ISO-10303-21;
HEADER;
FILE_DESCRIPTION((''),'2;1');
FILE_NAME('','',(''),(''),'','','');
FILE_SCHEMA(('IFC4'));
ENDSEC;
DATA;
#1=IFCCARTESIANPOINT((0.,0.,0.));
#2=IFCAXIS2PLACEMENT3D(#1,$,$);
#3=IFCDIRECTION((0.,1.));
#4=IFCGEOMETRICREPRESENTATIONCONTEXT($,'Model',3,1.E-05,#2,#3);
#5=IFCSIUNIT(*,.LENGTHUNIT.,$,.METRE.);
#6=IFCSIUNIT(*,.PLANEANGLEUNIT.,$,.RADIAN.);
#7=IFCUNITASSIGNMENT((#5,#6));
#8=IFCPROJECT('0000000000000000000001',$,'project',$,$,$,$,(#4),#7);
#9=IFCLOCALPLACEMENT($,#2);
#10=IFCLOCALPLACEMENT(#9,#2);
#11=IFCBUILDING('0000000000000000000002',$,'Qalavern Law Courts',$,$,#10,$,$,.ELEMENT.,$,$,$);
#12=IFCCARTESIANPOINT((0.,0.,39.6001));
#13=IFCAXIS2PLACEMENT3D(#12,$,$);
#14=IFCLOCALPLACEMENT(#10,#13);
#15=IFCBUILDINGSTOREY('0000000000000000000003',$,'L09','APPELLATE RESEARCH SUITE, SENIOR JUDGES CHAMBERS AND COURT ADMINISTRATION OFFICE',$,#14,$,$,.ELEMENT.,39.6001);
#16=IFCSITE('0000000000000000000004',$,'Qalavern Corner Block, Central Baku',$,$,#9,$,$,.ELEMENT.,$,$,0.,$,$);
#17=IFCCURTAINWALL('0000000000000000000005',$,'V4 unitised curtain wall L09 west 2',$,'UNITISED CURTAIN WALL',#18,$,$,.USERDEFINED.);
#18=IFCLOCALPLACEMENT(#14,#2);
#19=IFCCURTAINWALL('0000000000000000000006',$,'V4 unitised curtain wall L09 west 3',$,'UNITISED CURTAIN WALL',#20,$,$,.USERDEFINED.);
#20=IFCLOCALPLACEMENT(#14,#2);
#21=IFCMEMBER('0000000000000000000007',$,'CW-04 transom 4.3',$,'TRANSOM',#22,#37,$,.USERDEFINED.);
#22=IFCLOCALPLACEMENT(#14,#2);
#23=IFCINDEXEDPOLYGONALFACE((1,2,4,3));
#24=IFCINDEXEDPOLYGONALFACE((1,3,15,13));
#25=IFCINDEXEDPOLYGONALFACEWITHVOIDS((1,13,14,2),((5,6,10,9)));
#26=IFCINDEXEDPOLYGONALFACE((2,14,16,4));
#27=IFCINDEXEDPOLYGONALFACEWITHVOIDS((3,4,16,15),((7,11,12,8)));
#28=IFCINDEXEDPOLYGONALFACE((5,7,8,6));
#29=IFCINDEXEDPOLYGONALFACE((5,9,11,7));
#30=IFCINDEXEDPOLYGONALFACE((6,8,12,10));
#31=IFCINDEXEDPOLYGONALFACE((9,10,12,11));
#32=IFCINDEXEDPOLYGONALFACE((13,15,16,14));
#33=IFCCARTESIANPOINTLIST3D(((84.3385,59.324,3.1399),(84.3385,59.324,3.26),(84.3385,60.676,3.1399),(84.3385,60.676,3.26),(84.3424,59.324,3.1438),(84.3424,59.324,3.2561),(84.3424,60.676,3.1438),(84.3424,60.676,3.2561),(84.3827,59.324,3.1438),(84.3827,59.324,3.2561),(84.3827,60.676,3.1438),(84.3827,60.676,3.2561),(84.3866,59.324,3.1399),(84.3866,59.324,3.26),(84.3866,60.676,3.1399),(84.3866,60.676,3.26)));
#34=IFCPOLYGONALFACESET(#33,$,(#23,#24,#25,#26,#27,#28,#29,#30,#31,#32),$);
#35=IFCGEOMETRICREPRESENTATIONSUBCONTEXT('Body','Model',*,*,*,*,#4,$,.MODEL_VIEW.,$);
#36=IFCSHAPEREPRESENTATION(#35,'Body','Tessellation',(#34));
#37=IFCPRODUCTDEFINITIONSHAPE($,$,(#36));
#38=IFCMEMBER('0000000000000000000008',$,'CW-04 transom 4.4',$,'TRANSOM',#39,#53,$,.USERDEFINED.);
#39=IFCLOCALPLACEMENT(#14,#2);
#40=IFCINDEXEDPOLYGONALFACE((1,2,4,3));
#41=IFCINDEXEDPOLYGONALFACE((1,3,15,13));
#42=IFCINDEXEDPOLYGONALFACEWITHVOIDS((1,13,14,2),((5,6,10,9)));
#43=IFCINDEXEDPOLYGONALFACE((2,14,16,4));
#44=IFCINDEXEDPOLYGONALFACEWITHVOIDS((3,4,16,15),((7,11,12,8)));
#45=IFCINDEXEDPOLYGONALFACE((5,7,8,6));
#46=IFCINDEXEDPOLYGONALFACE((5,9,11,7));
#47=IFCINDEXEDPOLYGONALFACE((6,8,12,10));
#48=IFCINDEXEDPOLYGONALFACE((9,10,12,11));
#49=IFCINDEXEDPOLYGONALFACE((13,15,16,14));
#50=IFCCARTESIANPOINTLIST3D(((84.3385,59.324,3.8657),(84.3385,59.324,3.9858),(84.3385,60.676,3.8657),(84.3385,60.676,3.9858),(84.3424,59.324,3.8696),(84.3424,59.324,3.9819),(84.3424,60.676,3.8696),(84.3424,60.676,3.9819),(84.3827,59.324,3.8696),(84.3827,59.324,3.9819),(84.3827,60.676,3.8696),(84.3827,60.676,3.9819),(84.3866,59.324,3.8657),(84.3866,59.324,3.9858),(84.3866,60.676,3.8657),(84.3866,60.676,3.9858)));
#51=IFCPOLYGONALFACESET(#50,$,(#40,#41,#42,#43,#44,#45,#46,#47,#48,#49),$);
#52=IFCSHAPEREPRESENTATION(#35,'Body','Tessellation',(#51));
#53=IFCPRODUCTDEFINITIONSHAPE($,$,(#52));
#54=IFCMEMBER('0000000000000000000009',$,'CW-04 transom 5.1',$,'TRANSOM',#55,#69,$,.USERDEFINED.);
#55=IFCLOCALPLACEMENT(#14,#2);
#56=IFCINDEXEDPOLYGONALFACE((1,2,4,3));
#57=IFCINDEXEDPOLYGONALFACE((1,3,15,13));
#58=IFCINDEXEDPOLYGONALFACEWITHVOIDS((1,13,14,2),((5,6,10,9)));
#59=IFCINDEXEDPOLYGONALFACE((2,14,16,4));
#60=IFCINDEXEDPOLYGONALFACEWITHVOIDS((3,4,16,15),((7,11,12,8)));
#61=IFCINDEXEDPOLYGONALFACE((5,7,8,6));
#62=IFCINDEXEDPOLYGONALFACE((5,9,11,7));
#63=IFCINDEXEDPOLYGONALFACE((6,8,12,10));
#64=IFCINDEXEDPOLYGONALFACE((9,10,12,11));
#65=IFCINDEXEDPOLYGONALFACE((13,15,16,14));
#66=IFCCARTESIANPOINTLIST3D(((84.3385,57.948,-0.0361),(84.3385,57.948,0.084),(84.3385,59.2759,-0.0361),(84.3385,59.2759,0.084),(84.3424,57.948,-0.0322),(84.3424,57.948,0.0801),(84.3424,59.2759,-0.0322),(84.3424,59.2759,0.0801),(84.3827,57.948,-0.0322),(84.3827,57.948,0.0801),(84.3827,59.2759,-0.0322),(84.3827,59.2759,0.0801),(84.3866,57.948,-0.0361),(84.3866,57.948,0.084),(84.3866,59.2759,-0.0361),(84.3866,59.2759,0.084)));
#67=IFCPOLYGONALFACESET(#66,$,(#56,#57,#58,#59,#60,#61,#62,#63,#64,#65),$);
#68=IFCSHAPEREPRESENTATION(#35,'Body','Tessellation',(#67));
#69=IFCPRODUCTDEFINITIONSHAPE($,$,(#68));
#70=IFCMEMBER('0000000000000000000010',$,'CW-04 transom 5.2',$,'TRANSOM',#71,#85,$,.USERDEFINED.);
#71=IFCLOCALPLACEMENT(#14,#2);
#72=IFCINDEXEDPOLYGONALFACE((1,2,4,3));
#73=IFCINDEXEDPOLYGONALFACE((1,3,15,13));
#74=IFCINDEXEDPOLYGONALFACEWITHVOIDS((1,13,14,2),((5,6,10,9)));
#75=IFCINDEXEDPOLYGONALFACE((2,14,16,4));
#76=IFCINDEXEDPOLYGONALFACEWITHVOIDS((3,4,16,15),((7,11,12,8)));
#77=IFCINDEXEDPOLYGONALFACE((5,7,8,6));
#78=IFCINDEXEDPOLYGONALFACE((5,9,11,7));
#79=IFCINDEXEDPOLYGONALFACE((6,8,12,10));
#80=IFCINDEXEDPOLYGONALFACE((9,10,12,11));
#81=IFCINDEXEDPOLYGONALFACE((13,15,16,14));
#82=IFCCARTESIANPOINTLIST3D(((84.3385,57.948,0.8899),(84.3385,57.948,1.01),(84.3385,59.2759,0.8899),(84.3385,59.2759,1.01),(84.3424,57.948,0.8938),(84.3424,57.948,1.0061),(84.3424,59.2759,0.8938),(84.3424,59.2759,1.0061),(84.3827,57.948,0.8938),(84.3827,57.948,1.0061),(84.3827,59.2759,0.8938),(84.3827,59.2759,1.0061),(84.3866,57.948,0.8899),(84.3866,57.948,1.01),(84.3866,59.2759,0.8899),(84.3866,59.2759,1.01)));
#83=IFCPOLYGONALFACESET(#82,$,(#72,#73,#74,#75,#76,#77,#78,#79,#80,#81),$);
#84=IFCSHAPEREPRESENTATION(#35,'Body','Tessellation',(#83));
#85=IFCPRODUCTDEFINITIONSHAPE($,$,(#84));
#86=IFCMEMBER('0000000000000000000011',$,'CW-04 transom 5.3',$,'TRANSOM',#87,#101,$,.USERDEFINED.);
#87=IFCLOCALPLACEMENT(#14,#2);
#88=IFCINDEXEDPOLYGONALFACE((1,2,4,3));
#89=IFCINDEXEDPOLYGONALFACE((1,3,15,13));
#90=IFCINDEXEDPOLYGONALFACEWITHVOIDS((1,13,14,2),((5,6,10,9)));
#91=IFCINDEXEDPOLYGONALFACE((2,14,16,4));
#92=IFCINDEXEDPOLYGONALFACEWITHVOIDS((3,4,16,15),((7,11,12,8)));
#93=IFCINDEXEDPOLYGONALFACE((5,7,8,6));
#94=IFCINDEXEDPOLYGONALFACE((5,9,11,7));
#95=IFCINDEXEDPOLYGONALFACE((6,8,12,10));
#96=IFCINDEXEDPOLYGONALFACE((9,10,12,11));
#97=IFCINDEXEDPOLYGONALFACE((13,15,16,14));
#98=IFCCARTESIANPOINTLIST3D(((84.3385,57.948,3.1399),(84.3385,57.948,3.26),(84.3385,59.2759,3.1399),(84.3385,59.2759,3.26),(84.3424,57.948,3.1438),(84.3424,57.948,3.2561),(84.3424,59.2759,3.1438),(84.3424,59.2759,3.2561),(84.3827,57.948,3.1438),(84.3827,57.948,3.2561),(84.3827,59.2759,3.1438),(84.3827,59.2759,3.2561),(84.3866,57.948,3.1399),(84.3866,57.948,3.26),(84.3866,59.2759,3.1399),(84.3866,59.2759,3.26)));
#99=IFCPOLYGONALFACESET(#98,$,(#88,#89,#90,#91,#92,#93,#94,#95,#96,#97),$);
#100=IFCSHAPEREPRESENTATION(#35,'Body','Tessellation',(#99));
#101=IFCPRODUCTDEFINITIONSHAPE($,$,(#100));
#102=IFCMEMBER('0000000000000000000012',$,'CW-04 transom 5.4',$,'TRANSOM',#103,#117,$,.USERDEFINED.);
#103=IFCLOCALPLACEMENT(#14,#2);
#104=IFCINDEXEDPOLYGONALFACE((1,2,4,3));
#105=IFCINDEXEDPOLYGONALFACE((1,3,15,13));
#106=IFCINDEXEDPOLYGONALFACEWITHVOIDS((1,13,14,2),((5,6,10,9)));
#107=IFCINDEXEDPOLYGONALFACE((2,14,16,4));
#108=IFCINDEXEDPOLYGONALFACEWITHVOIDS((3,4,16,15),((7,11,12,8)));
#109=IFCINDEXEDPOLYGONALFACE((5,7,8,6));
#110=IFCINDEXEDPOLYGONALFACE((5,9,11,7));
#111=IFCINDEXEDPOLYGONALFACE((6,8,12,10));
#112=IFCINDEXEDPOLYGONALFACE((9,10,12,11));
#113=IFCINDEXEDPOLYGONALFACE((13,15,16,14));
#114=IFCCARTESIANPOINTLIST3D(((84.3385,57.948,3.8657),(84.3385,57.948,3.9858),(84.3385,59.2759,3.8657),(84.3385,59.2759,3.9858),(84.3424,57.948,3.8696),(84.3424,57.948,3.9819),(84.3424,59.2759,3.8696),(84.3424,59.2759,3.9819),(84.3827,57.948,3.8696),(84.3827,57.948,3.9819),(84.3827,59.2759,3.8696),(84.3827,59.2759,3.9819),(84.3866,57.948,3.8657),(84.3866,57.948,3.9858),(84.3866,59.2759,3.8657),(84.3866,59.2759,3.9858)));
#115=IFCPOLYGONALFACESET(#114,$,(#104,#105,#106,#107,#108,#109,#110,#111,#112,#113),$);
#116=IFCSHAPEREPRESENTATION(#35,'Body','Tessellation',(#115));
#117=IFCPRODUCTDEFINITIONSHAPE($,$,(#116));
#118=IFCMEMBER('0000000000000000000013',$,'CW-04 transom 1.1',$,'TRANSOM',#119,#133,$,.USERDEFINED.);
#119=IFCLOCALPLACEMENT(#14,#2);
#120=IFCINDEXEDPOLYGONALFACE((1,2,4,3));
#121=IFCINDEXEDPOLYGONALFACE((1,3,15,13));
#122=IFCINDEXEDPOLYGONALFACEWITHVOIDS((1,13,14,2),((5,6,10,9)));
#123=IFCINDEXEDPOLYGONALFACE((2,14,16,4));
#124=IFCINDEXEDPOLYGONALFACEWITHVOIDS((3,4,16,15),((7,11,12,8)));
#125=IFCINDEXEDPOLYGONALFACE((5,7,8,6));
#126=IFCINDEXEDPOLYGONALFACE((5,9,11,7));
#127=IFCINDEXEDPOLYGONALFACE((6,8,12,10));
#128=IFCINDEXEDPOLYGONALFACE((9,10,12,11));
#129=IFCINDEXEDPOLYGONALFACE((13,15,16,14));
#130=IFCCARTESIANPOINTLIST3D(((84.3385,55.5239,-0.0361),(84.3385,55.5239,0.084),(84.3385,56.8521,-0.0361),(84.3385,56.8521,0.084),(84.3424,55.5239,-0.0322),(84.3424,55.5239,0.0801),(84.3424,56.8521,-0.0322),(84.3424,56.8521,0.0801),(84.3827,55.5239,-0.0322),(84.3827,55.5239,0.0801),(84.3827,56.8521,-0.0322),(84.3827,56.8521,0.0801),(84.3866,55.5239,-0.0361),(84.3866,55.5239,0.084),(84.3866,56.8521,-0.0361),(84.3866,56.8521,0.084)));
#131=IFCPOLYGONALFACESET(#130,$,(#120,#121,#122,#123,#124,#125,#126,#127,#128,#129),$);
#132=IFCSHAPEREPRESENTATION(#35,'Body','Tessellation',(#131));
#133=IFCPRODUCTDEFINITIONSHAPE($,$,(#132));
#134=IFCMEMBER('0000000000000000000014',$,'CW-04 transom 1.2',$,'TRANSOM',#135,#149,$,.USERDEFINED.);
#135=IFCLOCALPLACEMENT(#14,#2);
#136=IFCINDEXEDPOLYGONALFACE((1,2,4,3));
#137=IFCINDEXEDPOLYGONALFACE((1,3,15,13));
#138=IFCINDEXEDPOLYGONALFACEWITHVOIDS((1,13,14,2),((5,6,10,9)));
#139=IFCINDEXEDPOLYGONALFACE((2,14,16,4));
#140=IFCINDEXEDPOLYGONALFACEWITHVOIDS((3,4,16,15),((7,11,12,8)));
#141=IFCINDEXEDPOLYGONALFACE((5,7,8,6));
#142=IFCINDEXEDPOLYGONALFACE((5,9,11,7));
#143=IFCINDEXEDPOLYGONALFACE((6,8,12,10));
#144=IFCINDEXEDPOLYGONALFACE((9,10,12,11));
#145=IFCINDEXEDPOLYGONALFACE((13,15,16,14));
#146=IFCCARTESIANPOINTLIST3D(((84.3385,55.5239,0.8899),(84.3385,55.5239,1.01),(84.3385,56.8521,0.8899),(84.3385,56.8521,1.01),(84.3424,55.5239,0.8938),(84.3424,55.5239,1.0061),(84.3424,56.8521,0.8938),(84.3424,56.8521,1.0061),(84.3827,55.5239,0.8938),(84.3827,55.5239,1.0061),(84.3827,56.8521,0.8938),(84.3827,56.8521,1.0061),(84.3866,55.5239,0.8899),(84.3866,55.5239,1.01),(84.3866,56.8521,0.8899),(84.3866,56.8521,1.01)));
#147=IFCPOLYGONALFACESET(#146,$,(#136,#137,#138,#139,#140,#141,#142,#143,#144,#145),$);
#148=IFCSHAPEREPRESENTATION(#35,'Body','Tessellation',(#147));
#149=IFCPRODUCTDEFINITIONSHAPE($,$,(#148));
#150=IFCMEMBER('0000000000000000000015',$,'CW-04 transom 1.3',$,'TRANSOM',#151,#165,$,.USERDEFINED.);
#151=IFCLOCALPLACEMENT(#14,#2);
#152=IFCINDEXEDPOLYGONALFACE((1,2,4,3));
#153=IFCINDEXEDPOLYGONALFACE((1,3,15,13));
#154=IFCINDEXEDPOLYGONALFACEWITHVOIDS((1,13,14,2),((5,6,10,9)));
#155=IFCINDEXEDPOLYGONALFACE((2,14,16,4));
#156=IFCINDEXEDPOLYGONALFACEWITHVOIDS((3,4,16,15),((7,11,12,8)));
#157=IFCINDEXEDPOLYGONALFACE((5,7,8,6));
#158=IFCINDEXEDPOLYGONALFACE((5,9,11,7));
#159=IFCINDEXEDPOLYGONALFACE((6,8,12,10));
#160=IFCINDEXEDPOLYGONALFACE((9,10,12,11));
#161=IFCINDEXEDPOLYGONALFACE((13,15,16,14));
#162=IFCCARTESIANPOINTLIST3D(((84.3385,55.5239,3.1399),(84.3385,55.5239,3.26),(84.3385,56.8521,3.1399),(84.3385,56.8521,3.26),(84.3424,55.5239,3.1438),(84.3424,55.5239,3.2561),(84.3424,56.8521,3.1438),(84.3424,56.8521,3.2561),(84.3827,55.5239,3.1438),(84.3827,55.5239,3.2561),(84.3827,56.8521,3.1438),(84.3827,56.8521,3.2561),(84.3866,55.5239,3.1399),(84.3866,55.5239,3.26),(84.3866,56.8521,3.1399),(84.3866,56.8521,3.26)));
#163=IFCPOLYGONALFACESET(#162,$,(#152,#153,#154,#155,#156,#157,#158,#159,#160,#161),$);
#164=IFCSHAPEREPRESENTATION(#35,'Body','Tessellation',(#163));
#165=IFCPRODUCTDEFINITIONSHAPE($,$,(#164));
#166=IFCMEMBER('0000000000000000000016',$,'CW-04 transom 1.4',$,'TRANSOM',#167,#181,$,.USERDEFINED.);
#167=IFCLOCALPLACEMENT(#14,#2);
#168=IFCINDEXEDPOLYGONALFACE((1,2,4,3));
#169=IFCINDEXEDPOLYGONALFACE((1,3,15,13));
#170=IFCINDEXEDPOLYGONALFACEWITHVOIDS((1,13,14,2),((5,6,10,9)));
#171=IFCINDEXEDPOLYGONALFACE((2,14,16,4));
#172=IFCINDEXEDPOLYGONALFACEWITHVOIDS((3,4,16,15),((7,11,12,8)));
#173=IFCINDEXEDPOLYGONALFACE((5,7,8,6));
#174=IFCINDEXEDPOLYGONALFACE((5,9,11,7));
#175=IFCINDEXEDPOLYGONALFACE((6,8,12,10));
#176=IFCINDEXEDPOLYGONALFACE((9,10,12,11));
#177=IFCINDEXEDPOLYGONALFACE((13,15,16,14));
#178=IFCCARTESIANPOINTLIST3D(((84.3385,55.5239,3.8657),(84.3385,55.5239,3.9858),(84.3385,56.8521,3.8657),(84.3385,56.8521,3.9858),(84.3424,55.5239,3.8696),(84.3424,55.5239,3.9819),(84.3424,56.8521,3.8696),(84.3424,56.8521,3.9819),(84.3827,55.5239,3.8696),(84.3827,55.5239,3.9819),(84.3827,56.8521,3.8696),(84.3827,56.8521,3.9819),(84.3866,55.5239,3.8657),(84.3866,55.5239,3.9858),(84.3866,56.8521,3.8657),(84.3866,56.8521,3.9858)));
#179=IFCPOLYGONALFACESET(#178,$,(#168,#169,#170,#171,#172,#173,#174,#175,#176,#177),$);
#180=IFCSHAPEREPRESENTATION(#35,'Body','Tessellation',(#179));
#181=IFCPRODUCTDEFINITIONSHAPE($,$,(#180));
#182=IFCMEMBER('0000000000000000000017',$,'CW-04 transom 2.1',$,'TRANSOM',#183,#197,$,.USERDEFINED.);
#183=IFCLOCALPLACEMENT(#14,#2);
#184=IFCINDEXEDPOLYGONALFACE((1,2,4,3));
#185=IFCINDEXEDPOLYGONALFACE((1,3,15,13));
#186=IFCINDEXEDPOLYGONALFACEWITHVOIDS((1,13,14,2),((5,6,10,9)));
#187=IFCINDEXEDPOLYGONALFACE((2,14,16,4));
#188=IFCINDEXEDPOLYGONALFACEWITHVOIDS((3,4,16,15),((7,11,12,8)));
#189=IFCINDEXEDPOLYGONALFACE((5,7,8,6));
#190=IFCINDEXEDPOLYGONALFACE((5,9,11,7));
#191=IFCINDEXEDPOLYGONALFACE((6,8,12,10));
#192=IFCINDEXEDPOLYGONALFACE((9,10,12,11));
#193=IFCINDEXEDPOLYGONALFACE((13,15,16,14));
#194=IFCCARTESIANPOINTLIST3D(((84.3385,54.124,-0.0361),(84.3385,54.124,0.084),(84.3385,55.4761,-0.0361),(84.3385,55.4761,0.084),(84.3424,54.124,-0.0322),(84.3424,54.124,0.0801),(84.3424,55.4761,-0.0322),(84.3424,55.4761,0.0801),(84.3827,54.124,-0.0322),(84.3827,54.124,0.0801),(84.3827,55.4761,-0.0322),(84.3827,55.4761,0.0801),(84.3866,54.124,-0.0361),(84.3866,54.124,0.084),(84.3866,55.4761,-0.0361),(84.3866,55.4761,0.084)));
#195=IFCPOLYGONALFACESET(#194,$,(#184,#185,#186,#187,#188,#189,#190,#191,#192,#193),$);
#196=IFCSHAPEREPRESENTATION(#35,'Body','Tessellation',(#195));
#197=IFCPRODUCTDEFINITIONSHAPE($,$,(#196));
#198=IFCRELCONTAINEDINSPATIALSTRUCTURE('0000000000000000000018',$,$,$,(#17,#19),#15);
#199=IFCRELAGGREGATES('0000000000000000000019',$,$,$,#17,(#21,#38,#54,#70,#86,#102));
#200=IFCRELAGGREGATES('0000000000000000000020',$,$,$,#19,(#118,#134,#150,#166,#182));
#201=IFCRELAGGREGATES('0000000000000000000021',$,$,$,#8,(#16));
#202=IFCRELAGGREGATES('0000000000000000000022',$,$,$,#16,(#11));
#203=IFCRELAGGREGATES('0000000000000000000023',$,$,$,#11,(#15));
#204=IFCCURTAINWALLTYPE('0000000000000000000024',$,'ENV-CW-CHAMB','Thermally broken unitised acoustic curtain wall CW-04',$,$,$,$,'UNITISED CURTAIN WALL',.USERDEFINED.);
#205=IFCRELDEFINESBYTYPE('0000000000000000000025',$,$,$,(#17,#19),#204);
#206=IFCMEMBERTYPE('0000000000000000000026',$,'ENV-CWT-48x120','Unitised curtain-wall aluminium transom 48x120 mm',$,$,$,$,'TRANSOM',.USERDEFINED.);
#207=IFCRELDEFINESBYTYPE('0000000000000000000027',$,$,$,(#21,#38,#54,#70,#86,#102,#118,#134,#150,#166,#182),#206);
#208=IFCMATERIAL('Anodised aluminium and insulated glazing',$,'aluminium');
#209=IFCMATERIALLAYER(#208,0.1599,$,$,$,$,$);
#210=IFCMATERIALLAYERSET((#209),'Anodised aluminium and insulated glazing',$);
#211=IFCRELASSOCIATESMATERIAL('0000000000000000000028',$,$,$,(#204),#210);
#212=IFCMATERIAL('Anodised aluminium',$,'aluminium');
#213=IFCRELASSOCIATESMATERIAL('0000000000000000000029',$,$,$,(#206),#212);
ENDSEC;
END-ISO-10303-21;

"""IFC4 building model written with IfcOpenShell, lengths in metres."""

from ifc_helpers import new_model, si_unit, direction, frame, origin, origin_2d, place, context, subcontext, project, spatial, hollow_rectangle, extrude, material, layer, layer_set, material_profile, profile_set, type_object, element, aggregate, save


model = new_model("IFC4")

# Units and contexts
model_context = context("Model", 3, precision=1e-05, world=origin(), true_north=direction((0.0, 1.0)))
body_context = subcontext(model_context, "Body", "Model", "MODEL_VIEW")
ifc_project = project(units=[si_unit("LENGTHUNIT", "METRE"), si_unit("PLANEANGLEUNIT", "RADIAN")], contexts=[model_context])

# Site, building, storey
site_placement = place(None, origin())
site = spatial("IfcSite", under=ifc_project, at=site_placement, Name="Qalavern Corner Block, Central Baku", CompositionType="ELEMENT", RefElevation=0.0)
building_placement = place(site_placement, origin())
building = spatial("IfcBuilding", under=site, at=building_placement, Name="Qalavern Law Courts", CompositionType="ELEMENT")
storey_placement = place(building_placement, frame((0.0, 0.0, 39.6001)))
storey = spatial("IfcBuildingStorey", under=building, at=storey_placement, Name="L09", Description="APPELLATE RESEARCH SUITE, SENIOR JUDGES CHAMBERS AND COURT ADMINISTRATION OFFICE", CompositionType="ELEMENT", Elevation=39.6001)

# Curtain walls
ifc_material_1 = material(Name="Anodised aluminium and insulated glazing", Category="aluminium")
ifc_layer_1 = layer(ifc_material_1, 0.1599)
ifc_layer_set_1 = layer_set([ifc_layer_1], Name="Anodised aluminium and insulated glazing")
curtain_wall_type = type_object("IfcCurtainWallType", Name="ENV-CW-CHAMB", Description="Thermally broken unitised acoustic curtain wall CW-04", ElementType="UNITISED CURTAIN WALL", PredefinedType="USERDEFINED", material=ifc_layer_set_1)
curtain_wall_1_placement = place(storey_placement, origin())
curtain_wall_1 = element("IfcCurtainWall", 1, at=curtain_wall_1_placement, inside=storey, type_object=curtain_wall_type, Name="V4 unitised curtain wall L09 west 2", ObjectType="UNITISED CURTAIN WALL", PredefinedType="USERDEFINED")
ifc_material_2 = material(Name="Anodised aluminium", Category="aluminium")
curtain_wall_2_placement = place(storey_placement, origin())
curtain_wall_2 = element("IfcCurtainWall", 2, at=curtain_wall_2_placement, inside=storey, type_object=curtain_wall_type, Name="V4 unitised curtain wall L09 west 3", ObjectType="UNITISED CURTAIN WALL", PredefinedType="USERDEFINED")

# Members
ifc_material_profile_1 = material_profile(ifc_material_2, hollow_rectangle(XDim=0.0481, YDim=0.1201, WallThickness=0.0039, at=origin_2d()), Name="ALU TRANSOM 48x120")
ifc_profile_set_1 = profile_set([ifc_material_profile_1], Name="Anodised aluminium")
member_type_1 = type_object("IfcMemberType", Name="ENV-CWT-48x120", Description="Unitised curtain-wall aluminium transom 48x120 mm", ElementType="TRANSOM", PredefinedType="USERDEFINED", material=ifc_profile_set_1)
member_1_placement = place(storey_placement, frame((84.3625, 60.676, 3.2), z_axis=(0.0, -1.0, 0.0), x_axis=(1.0, 0.0, 0.0)))
member_1 = element("IfcMember", 3, at=member_1_placement, type_object=member_type_1, Name="CW-04 transom 4.3", ObjectType="TRANSOM", PredefinedType="USERDEFINED", context=body_context, shape_type="SweptSolid", body=[
    extrude(hollow_rectangle(XDim=0.0481, YDim=0.1201, WallThickness=0.0039, at=origin_2d()), origin(), (0.0, 0.0, 1.0), 1.3521),
])
member_2_placement = place(storey_placement, frame((84.3625, 60.676, 3.9258), z_axis=(0.0, -1.0, 0.0), x_axis=(1.0, 0.0, 0.0)))
member_2 = element("IfcMember", 4, at=member_2_placement, type_object=member_type_1, Name="CW-04 transom 4.4", ObjectType="TRANSOM", PredefinedType="USERDEFINED", context=body_context, shape_type="SweptSolid", body=[
    extrude(hollow_rectangle(XDim=0.0481, YDim=0.1201, WallThickness=0.0039, at=origin_2d()), origin(), (0.0, 0.0, 1.0), 1.3521),
])
member_3_placement = place(storey_placement, frame((84.3625, 59.2759, 0.0239), z_axis=(0.0, -1.0, 0.0), x_axis=(1.0, 0.0, 0.0)))
member_3 = element("IfcMember", 5, at=member_3_placement, type_object=member_type_1, Name="CW-04 transom 5.1", ObjectType="TRANSOM", PredefinedType="USERDEFINED", context=body_context, shape_type="SweptSolid", body=[
    extrude(hollow_rectangle(XDim=0.0481, YDim=0.1201, WallThickness=0.0039, at=origin_2d()), origin(), (0.0, 0.0, 1.0), 1.3279),
])
member_4_placement = place(storey_placement, frame((84.3625, 59.2759, 0.95), z_axis=(0.0, -1.0, 0.0), x_axis=(1.0, 0.0, 0.0)))
member_4 = element("IfcMember", 6, at=member_4_placement, type_object=member_type_1, Name="CW-04 transom 5.2", ObjectType="TRANSOM", PredefinedType="USERDEFINED", context=body_context, shape_type="SweptSolid", body=[
    extrude(hollow_rectangle(XDim=0.0481, YDim=0.1201, WallThickness=0.0039, at=origin_2d()), origin(), (0.0, 0.0, 1.0), 1.3279),
])
member_5_placement = place(storey_placement, frame((84.3625, 59.2759, 3.2), z_axis=(0.0, -1.0, 0.0), x_axis=(1.0, 0.0, 0.0)))
member_5 = element("IfcMember", 7, at=member_5_placement, type_object=member_type_1, Name="CW-04 transom 5.3", ObjectType="TRANSOM", PredefinedType="USERDEFINED", context=body_context, shape_type="SweptSolid", body=[
    extrude(hollow_rectangle(XDim=0.0481, YDim=0.1201, WallThickness=0.0039, at=origin_2d()), origin(), (0.0, 0.0, 1.0), 1.3279),
])
member_6_placement = place(storey_placement, frame((84.3625, 59.2759, 3.9258), z_axis=(0.0, -1.0, 0.0), x_axis=(1.0, 0.0, 0.0)))
member_6 = element("IfcMember", 8, at=member_6_placement, type_object=member_type_1, Name="CW-04 transom 5.4", ObjectType="TRANSOM", PredefinedType="USERDEFINED", context=body_context, shape_type="SweptSolid", body=[
    extrude(hollow_rectangle(XDim=0.0481, YDim=0.1201, WallThickness=0.0039, at=origin_2d()), origin(), (0.0, 0.0, 1.0), 1.3279),
])
member_7_placement = place(storey_placement, frame((84.3625, 56.8521, 0.0239), z_axis=(0.0, -1.0, 0.0), x_axis=(1.0, 0.0, 0.0)))
member_7 = element("IfcMember", 9, at=member_7_placement, type_object=member_type_1, Name="CW-04 transom 1.1", ObjectType="TRANSOM", PredefinedType="USERDEFINED", context=body_context, shape_type="SweptSolid", body=[
    extrude(hollow_rectangle(XDim=0.0481, YDim=0.1201, WallThickness=0.0039, at=origin_2d()), origin(), (0.0, 0.0, 1.0), 1.3281),
])
member_8_placement = place(storey_placement, frame((84.3625, 56.8521, 0.95), z_axis=(0.0, -1.0, 0.0), x_axis=(1.0, 0.0, 0.0)))
member_8 = element("IfcMember", 10, at=member_8_placement, type_object=member_type_1, Name="CW-04 transom 1.2", ObjectType="TRANSOM", PredefinedType="USERDEFINED", context=body_context, shape_type="SweptSolid", body=[
    extrude(hollow_rectangle(XDim=0.0481, YDim=0.1201, WallThickness=0.0039, at=origin_2d()), origin(), (0.0, 0.0, 1.0), 1.3281),
])
member_9_placement = place(storey_placement, frame((84.3625, 56.8521, 3.2), z_axis=(0.0, -1.0, 0.0), x_axis=(1.0, 0.0, 0.0)))
member_9 = element("IfcMember", 11, at=member_9_placement, type_object=member_type_1, Name="CW-04 transom 1.3", ObjectType="TRANSOM", PredefinedType="USERDEFINED", context=body_context, shape_type="SweptSolid", body=[
    extrude(hollow_rectangle(XDim=0.0481, YDim=0.1201, WallThickness=0.0039, at=origin_2d()), origin(), (0.0, 0.0, 1.0), 1.3281),
])
member_10_placement = place(storey_placement, frame((84.3625, 56.8521, 3.9258), z_axis=(0.0, -1.0, 0.0), x_axis=(1.0, 0.0, 0.0)))
member_10 = element("IfcMember", 12, at=member_10_placement, type_object=member_type_1, Name="CW-04 transom 1.4", ObjectType="TRANSOM", PredefinedType="USERDEFINED", context=body_context, shape_type="SweptSolid", body=[
    extrude(hollow_rectangle(XDim=0.0481, YDim=0.1201, WallThickness=0.0039, at=origin_2d()), origin(), (0.0, 0.0, 1.0), 1.3281),
])
member_11_placement = place(storey_placement, frame((84.3625, 55.4761, 0.0239), z_axis=(0.0, -1.0, 0.0), x_axis=(1.0, 0.0, 0.0)))
member_11 = element("IfcMember", 13, at=member_11_placement, type_object=member_type_1, Name="CW-04 transom 2.1", ObjectType="TRANSOM", PredefinedType="USERDEFINED", context=body_context, shape_type="SweptSolid", body=[
    extrude(hollow_rectangle(XDim=0.0481, YDim=0.1201, WallThickness=0.0039, at=origin_2d()), origin(), (0.0, 0.0, 1.0), 1.3521),
])

aggregate(curtain_wall_1, [member_1, member_2, member_3, member_4, member_5, member_6])
aggregate(curtain_wall_2, [member_7, member_8, member_9, member_10, member_11])

save(model, "model.ifc")
